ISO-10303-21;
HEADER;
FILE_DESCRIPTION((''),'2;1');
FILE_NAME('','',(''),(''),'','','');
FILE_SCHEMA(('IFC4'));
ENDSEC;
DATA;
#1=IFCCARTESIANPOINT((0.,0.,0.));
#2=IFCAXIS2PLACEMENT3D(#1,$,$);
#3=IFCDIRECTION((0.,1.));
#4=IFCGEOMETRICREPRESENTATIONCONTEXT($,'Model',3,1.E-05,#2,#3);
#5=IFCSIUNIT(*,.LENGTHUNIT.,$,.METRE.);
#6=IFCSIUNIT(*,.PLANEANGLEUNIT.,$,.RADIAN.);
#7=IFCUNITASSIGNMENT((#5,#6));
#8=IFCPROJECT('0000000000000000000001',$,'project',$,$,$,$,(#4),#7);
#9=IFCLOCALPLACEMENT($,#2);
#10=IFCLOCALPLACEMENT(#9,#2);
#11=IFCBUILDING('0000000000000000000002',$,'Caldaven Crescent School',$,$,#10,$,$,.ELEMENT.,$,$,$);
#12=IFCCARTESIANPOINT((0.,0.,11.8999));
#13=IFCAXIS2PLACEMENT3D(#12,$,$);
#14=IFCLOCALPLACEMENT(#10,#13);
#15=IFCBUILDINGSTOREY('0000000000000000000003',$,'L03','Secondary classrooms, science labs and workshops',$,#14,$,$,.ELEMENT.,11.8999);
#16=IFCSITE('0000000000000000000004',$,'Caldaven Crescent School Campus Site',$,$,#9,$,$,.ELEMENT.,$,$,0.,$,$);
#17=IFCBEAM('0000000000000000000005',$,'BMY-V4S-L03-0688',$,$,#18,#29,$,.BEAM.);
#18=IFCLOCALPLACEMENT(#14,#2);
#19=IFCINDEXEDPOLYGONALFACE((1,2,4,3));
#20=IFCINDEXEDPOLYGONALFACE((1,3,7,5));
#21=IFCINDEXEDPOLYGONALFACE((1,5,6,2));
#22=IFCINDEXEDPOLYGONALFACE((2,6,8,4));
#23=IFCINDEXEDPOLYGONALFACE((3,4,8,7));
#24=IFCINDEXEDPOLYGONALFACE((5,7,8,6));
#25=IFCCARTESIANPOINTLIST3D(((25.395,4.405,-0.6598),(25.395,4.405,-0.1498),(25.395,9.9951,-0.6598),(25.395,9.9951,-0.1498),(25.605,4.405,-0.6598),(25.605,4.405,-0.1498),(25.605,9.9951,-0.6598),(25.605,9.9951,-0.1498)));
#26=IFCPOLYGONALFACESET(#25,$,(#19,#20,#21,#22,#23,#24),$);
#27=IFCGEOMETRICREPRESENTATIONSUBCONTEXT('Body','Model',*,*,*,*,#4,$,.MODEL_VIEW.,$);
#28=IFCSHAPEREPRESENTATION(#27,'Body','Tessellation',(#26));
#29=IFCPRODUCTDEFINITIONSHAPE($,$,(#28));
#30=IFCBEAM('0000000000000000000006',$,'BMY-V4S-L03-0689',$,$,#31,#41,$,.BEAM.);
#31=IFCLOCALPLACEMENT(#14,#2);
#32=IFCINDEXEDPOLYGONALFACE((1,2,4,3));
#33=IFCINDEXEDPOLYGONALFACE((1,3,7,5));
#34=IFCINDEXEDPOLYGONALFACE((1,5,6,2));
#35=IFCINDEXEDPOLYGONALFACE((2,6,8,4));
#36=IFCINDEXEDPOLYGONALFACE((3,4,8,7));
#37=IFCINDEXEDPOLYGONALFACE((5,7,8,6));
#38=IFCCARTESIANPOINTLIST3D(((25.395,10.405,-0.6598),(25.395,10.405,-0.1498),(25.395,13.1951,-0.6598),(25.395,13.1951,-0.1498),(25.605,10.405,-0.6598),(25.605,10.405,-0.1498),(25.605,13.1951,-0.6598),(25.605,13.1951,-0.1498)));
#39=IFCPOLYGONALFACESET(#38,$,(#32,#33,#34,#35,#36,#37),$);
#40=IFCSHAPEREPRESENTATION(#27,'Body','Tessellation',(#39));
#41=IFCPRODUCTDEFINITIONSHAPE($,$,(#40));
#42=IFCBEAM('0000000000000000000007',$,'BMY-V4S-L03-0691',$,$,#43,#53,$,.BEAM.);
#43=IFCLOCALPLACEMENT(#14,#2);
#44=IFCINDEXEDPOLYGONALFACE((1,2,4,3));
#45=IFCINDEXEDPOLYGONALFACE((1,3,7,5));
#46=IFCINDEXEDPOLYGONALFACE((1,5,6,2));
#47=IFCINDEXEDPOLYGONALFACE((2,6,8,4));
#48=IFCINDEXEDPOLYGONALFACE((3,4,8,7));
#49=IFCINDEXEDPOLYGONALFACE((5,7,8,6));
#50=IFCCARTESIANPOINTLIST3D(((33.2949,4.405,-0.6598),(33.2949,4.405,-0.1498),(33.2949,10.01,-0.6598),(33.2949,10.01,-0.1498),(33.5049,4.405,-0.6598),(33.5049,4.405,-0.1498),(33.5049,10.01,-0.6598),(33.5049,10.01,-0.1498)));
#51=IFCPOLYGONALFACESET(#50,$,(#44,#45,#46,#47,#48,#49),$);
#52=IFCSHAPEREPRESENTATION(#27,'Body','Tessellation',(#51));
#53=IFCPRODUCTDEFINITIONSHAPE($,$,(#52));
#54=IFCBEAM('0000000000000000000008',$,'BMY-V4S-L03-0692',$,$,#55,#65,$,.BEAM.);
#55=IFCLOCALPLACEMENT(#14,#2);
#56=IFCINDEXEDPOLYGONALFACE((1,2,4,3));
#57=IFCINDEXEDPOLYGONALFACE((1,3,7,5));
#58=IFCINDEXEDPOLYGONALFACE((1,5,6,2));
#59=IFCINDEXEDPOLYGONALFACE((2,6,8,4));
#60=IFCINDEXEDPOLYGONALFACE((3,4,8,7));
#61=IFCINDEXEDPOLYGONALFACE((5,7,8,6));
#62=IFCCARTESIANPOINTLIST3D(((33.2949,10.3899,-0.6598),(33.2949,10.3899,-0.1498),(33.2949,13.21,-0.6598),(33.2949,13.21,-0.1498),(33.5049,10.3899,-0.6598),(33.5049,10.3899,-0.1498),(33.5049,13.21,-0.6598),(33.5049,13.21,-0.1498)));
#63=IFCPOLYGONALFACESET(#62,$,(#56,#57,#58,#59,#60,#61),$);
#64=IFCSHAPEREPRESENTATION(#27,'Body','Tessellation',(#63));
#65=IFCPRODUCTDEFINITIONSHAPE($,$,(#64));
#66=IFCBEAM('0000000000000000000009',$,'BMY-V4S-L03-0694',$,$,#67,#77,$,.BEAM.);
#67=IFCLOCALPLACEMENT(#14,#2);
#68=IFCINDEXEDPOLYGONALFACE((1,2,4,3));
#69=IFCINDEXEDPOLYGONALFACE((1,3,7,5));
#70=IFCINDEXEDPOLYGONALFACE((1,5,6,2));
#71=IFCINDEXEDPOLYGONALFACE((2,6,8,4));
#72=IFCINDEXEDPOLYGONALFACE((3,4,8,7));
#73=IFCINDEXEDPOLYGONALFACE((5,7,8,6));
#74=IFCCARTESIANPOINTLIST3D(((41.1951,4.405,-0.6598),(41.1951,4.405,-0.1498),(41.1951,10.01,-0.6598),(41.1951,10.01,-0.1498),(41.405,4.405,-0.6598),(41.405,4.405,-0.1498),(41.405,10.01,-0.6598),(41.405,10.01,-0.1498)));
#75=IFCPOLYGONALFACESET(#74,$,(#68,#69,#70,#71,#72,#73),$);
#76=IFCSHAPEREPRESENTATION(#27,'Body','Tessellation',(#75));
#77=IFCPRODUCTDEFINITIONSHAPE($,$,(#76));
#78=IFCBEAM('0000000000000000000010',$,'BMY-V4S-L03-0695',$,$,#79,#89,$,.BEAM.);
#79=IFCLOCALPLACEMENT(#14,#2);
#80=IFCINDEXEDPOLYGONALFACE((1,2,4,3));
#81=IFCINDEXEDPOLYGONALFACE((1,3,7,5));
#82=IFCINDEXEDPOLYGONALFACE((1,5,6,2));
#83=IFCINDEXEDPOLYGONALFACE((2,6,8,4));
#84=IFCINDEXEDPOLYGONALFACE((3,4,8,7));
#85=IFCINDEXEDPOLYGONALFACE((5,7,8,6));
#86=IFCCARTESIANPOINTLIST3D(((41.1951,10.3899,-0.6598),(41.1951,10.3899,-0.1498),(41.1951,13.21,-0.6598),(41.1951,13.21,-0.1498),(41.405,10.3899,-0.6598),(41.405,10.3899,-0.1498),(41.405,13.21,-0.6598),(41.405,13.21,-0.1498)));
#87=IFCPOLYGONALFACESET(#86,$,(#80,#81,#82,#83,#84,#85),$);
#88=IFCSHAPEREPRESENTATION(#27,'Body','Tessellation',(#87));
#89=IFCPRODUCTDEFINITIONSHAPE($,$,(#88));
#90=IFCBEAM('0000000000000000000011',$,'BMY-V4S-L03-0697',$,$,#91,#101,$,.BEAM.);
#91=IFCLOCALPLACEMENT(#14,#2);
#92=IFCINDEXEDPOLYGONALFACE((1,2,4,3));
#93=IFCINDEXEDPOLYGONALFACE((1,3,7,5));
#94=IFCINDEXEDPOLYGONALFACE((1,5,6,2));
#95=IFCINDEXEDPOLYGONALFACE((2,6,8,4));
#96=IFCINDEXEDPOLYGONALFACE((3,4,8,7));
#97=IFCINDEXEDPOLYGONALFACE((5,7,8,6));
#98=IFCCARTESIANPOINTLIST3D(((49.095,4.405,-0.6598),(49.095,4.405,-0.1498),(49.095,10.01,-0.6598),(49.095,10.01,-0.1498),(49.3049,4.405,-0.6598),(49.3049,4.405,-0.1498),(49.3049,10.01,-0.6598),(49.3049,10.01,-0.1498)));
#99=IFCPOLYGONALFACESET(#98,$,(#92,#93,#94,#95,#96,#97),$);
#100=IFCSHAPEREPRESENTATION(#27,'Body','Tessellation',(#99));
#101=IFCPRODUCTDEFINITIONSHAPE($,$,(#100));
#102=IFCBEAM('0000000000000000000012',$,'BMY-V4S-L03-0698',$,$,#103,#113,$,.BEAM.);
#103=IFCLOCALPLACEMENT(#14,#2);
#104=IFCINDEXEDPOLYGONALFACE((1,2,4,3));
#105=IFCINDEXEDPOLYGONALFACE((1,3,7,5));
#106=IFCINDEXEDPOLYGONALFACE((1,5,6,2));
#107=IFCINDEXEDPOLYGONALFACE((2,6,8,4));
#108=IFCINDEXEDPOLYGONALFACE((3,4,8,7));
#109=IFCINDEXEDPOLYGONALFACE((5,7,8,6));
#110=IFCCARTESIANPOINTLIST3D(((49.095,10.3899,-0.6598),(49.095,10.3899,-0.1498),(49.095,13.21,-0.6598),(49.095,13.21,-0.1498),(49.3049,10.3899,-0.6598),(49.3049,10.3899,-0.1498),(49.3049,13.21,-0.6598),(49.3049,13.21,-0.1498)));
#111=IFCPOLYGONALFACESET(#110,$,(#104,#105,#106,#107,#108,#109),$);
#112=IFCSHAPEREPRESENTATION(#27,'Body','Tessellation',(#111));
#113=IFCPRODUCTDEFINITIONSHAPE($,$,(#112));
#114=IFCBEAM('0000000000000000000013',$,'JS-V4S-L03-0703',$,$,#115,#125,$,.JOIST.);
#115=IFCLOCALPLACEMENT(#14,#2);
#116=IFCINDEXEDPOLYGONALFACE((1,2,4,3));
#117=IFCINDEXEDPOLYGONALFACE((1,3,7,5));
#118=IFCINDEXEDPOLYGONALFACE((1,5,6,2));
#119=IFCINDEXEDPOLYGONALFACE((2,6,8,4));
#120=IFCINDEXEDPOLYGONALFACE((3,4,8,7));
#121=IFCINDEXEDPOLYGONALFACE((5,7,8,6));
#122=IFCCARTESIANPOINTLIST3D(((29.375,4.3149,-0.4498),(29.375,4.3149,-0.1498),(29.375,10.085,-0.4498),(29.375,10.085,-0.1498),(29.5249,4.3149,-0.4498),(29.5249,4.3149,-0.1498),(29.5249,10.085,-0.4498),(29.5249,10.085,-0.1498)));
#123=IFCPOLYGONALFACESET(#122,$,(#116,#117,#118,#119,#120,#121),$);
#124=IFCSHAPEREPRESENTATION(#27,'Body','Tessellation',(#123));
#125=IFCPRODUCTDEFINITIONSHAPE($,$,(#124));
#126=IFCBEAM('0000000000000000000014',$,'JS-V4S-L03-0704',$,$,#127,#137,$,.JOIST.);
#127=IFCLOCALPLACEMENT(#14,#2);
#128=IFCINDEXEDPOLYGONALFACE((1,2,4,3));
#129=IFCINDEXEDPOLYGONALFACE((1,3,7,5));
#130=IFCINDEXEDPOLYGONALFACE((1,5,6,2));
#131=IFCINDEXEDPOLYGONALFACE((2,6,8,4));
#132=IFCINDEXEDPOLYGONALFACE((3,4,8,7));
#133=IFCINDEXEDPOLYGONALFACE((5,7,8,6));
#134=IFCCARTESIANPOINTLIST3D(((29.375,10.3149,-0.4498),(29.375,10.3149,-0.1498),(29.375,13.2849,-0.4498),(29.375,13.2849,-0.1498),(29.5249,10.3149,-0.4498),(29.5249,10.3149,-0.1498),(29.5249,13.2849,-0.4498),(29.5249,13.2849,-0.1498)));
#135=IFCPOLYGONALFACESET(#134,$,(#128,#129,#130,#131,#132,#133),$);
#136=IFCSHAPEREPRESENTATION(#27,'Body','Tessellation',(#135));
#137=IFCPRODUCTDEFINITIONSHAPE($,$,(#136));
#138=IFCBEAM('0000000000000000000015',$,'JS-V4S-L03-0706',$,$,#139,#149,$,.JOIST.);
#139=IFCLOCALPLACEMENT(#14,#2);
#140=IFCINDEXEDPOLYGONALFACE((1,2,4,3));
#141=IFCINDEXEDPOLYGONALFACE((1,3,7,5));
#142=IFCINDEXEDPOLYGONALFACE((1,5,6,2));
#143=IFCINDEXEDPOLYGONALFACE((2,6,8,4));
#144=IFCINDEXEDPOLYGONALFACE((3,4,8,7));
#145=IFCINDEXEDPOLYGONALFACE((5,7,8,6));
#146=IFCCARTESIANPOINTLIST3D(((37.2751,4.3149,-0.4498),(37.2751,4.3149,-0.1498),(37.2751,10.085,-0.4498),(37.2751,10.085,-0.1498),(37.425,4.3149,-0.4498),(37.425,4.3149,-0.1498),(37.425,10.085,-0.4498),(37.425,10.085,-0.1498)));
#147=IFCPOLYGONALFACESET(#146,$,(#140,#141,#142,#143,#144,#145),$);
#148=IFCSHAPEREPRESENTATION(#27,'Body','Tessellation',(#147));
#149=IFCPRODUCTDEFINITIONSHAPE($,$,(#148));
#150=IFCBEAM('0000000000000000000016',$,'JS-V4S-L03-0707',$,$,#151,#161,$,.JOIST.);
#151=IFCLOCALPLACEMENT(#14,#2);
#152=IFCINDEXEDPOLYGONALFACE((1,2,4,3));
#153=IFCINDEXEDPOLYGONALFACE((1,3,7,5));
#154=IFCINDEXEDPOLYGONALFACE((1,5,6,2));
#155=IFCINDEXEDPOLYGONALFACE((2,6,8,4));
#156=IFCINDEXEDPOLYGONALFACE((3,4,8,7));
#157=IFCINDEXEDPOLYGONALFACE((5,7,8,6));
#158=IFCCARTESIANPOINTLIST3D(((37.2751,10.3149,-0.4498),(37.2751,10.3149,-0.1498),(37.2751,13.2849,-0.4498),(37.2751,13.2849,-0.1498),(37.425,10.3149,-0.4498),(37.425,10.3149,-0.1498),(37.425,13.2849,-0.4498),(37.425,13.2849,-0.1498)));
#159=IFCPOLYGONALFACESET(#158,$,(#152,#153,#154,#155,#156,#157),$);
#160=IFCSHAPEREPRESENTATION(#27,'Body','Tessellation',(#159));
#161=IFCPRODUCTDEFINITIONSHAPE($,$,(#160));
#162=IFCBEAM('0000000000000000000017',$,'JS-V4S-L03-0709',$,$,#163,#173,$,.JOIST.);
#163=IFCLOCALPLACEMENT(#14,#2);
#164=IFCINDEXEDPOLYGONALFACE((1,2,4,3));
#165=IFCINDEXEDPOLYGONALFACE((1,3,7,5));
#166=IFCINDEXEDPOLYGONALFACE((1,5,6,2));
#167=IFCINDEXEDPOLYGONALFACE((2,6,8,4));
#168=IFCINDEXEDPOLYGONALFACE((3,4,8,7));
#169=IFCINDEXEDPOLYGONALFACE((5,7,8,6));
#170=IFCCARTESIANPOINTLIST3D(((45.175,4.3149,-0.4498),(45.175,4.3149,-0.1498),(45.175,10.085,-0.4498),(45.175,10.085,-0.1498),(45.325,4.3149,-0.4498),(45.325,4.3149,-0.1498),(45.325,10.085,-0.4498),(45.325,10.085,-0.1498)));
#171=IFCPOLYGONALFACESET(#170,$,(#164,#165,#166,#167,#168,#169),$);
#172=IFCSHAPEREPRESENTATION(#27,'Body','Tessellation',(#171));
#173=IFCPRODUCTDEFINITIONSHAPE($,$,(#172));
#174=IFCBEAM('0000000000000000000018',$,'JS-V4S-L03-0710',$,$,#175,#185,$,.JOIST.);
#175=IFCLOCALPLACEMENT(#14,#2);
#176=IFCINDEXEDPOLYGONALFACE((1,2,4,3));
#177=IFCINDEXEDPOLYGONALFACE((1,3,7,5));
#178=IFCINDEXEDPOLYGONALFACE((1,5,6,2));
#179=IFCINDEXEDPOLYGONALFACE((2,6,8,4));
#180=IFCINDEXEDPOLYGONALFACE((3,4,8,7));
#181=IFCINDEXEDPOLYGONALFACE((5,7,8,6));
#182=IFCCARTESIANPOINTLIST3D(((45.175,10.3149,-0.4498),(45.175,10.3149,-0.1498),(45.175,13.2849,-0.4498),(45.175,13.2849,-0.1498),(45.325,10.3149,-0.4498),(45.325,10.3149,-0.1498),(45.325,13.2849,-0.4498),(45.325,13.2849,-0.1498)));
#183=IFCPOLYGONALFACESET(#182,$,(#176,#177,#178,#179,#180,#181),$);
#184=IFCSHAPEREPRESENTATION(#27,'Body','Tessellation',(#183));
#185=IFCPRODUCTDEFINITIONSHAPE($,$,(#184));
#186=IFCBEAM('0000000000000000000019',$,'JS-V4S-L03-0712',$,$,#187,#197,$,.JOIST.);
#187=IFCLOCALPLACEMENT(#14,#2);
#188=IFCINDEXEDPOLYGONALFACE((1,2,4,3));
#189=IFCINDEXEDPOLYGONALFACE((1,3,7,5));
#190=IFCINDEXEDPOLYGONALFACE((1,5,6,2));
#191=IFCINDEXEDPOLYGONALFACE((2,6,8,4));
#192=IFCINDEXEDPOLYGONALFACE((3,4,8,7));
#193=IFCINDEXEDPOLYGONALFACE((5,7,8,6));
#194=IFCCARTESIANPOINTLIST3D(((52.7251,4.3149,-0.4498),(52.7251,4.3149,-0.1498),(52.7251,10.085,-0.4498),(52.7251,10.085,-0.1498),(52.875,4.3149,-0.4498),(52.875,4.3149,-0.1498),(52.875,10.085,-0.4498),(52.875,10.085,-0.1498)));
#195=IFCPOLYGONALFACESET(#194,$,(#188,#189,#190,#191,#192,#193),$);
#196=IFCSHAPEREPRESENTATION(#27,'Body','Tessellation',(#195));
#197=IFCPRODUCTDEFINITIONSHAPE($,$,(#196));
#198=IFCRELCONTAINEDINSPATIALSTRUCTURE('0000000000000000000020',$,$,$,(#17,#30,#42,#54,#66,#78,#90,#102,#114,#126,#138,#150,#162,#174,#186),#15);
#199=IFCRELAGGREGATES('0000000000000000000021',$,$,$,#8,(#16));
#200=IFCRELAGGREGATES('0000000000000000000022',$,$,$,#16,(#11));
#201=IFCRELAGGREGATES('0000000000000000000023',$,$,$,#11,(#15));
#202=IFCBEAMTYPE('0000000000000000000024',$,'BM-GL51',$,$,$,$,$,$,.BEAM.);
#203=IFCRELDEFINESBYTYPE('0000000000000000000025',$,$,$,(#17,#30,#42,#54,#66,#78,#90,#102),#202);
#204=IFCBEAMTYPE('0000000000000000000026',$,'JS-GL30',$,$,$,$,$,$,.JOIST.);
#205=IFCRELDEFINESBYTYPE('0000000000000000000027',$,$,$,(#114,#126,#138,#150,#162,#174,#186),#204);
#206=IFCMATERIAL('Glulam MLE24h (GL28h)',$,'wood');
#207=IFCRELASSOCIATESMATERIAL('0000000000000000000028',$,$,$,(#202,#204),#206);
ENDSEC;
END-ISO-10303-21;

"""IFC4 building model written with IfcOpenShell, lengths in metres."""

from ifc_helpers import new_model, si_unit, direction, frame, origin, origin_2d, place, context, subcontext, project, spatial, rectangle, extrude, material, material_profile, profile_set, type_object, element, save


model = new_model("IFC4")

# Units and contexts
model_context = context("Model", 3, precision=1e-05, world=origin(), true_north=direction((0.0, 1.0)))
body_context = subcontext(model_context, "Body", "Model", "MODEL_VIEW")
ifc_project = project(units=[si_unit("LENGTHUNIT", "METRE"), si_unit("PLANEANGLEUNIT", "RADIAN")], contexts=[model_context])

# Site, building, storey
site_placement = place(None, origin())
site = spatial("IfcSite", under=ifc_project, at=site_placement, Name="Caldaven Crescent School Campus Site", CompositionType="ELEMENT", RefElevation=0.0)
building_placement = place(site_placement, origin())
building = spatial("IfcBuilding", under=site, at=building_placement, Name="Caldaven Crescent School", CompositionType="ELEMENT")
storey_placement = place(building_placement, frame((0.0, 0.0, 11.8999)))
storey = spatial("IfcBuildingStorey", under=building, at=storey_placement, Name="L03", Description="Secondary classrooms, science labs and workshops", CompositionType="ELEMENT", Elevation=11.8999)

# Beams
ifc_material_1 = material(Name="Glulam MLE24h (GL28h)", Category="wood")
ifc_material_profile_1 = material_profile(ifc_material_1, rectangle(XDim=0.21, YDim=0.51, at=origin_2d()), Name="MLE 210x510")
ifc_profile_set_1 = profile_set([ifc_material_profile_1], Name="Glulam MLE24h (GL28h)")
beam_type_1 = type_object("IfcBeamType", Name="BM-GL51", PredefinedType="BEAM", material=ifc_profile_set_1)
beam_1_placement = place(storey_placement, frame((25.5, 4.405, -0.4048), z_axis=(0.0, 1.0, 0.0), x_axis=(-1.0, 0.0, 0.0)))
element("IfcBeam", 1, at=beam_1_placement, inside=storey, type_object=beam_type_1, Name="BMY-V4S-L03-0688", PredefinedType="BEAM", context=body_context, shape_type="SweptSolid", body=[
    extrude(rectangle(XDim=0.21, YDim=0.51, at=origin_2d()), origin(), (0.0, 0.0, 1.0), 5.5901),
])
beam_2_placement = place(storey_placement, frame((25.5, 10.405, -0.4048), z_axis=(0.0, 1.0, 0.0), x_axis=(-1.0, 0.0, 0.0)))
element("IfcBeam", 2, at=beam_2_placement, inside=storey, type_object=beam_type_1, Name="BMY-V4S-L03-0689", PredefinedType="BEAM", context=body_context, shape_type="SweptSolid", body=[
    extrude(rectangle(XDim=0.21, YDim=0.51, at=origin_2d()), origin(), (0.0, 0.0, 1.0), 2.79),
])
beam_3_placement = place(storey_placement, frame((33.3999, 4.405, -0.4048), z_axis=(0.0, 1.0, 0.0), x_axis=(-1.0, 0.0, 0.0)))
element("IfcBeam", 3, at=beam_3_placement, inside=storey, type_object=beam_type_1, Name="BMY-V4S-L03-0691", PredefinedType="BEAM", context=body_context, shape_type="SweptSolid", body=[
    extrude(rectangle(XDim=0.21, YDim=0.51, at=origin_2d()), origin(), (0.0, 0.0, 1.0), 5.605),
])
beam_4_placement = place(storey_placement, frame((33.3999, 10.3899, -0.4048), z_axis=(0.0, 1.0, 0.0), x_axis=(-1.0, 0.0, 0.0)))
element("IfcBeam", 4, at=beam_4_placement, inside=storey, type_object=beam_type_1, Name="BMY-V4S-L03-0692", PredefinedType="BEAM", context=body_context, shape_type="SweptSolid", body=[
    extrude(rectangle(XDim=0.21, YDim=0.51, at=origin_2d()), origin(), (0.0, 0.0, 1.0), 2.8201),
])
beam_5_placement = place(storey_placement, frame((41.3, 4.405, -0.4048), z_axis=(0.0, 1.0, 0.0), x_axis=(-1.0, 0.0, 0.0)))
element("IfcBeam", 5, at=beam_5_placement, inside=storey, type_object=beam_type_1, Name="BMY-V4S-L03-0694", PredefinedType="BEAM", context=body_context, shape_type="SweptSolid", body=[
    extrude(rectangle(XDim=0.21, YDim=0.51, at=origin_2d()), origin(), (0.0, 0.0, 1.0), 5.605),
])
beam_6_placement = place(storey_placement, frame((41.3, 10.3899, -0.4048), z_axis=(0.0, 1.0, 0.0), x_axis=(-1.0, 0.0, 0.0)))
element("IfcBeam", 6, at=beam_6_placement, inside=storey, type_object=beam_type_1, Name="BMY-V4S-L03-0695", PredefinedType="BEAM", context=body_context, shape_type="SweptSolid", body=[
    extrude(rectangle(XDim=0.21, YDim=0.51, at=origin_2d()), origin(), (0.0, 0.0, 1.0), 2.8201),
])
beam_7_placement = place(storey_placement, frame((49.2, 4.405, -0.4048), z_axis=(0.0, 1.0, 0.0), x_axis=(-1.0, 0.0, 0.0)))
element("IfcBeam", 7, at=beam_7_placement, inside=storey, type_object=beam_type_1, Name="BMY-V4S-L03-0697", PredefinedType="BEAM", context=body_context, shape_type="SweptSolid", body=[
    extrude(rectangle(XDim=0.21, YDim=0.51, at=origin_2d()), origin(), (0.0, 0.0, 1.0), 5.605),
])
beam_8_placement = place(storey_placement, frame((49.2, 10.3899, -0.4048), z_axis=(0.0, 1.0, 0.0), x_axis=(-1.0, 0.0, 0.0)))
element("IfcBeam", 8, at=beam_8_placement, inside=storey, type_object=beam_type_1, Name="BMY-V4S-L03-0698", PredefinedType="BEAM", context=body_context, shape_type="SweptSolid", body=[
    extrude(rectangle(XDim=0.21, YDim=0.51, at=origin_2d()), origin(), (0.0, 0.0, 1.0), 2.8201),
])
ifc_material_profile_2 = material_profile(ifc_material_1, rectangle(XDim=0.1499, YDim=0.3, at=origin_2d()), Name="MLE 150x300")
ifc_profile_set_2 = profile_set([ifc_material_profile_2], Name="Glulam MLE24h (GL28h)")
beam_type_2 = type_object("IfcBeamType", Name="JS-GL30", PredefinedType="JOIST", material=ifc_profile_set_2)
beam_9_placement = place(storey_placement, frame((29.45, 4.3149, -0.2998), z_axis=(0.0, 1.0, 0.0), x_axis=(-1.0, 0.0, 0.0)))
element("IfcBeam", 9, at=beam_9_placement, inside=storey, type_object=beam_type_2, Name="JS-V4S-L03-0703", PredefinedType="JOIST", context=body_context, shape_type="SweptSolid", body=[
    extrude(rectangle(XDim=0.1499, YDim=0.3, at=origin_2d()), origin(), (0.0, 0.0, 1.0), 5.77),
])
beam_10_placement = place(storey_placement, frame((29.45, 10.3149, -0.2998), z_axis=(0.0, 1.0, 0.0), x_axis=(-1.0, 0.0, 0.0)))
element("IfcBeam", 10, at=beam_10_placement, inside=storey, type_object=beam_type_2, Name="JS-V4S-L03-0704", PredefinedType="JOIST", context=body_context, shape_type="SweptSolid", body=[
    extrude(rectangle(XDim=0.1499, YDim=0.3, at=origin_2d()), origin(), (0.0, 0.0, 1.0), 2.97),
])
beam_11_placement = place(storey_placement, frame((37.3501, 4.3149, -0.2998), z_axis=(0.0, 1.0, 0.0), x_axis=(-1.0, 0.0, 0.0)))
element("IfcBeam", 11, at=beam_11_placement, inside=storey, type_object=beam_type_2, Name="JS-V4S-L03-0706", PredefinedType="JOIST", context=body_context, shape_type="SweptSolid", body=[
    extrude(rectangle(XDim=0.1499, YDim=0.3, at=origin_2d()), origin(), (0.0, 0.0, 1.0), 5.77),
])
beam_12_placement = place(storey_placement, frame((37.3501, 10.3149, -0.2998), z_axis=(0.0, 1.0, 0.0), x_axis=(-1.0, 0.0, 0.0)))
element("IfcBeam", 12, at=beam_12_placement, inside=storey, type_object=beam_type_2, Name="JS-V4S-L03-0707", PredefinedType="JOIST", context=body_context, shape_type="SweptSolid", body=[
    extrude(rectangle(XDim=0.1499, YDim=0.3, at=origin_2d()), origin(), (0.0, 0.0, 1.0), 2.97),
])
beam_13_placement = place(storey_placement, frame((45.25, 4.3149, -0.2998), z_axis=(0.0, 1.0, 0.0), x_axis=(-1.0, 0.0, 0.0)))
element("IfcBeam", 13, at=beam_13_placement, inside=storey, type_object=beam_type_2, Name="JS-V4S-L03-0709", PredefinedType="JOIST", context=body_context, shape_type="SweptSolid", body=[
    extrude(rectangle(XDim=0.1499, YDim=0.3, at=origin_2d()), origin(), (0.0, 0.0, 1.0), 5.77),
])
beam_14_placement = place(storey_placement, frame((45.25, 10.3149, -0.2998), z_axis=(0.0, 1.0, 0.0), x_axis=(-1.0, 0.0, 0.0)))
element("IfcBeam", 14, at=beam_14_placement, inside=storey, type_object=beam_type_2, Name="JS-V4S-L03-0710", PredefinedType="JOIST", context=body_context, shape_type="SweptSolid", body=[
    extrude(rectangle(XDim=0.1499, YDim=0.3, at=origin_2d()), origin(), (0.0, 0.0, 1.0), 2.97),
])
beam_15_placement = place(storey_placement, frame((52.8, 4.3149, -0.2998), z_axis=(0.0, 1.0, 0.0), x_axis=(-1.0, 0.0, 0.0)))
element("IfcBeam", 15, at=beam_15_placement, inside=storey, type_object=beam_type_2, Name="JS-V4S-L03-0712", PredefinedType="JOIST", context=body_context, shape_type="SweptSolid", body=[
    extrude(rectangle(XDim=0.1499, YDim=0.3, at=origin_2d()), origin(), (0.0, 0.0, 1.0), 5.77),
])

save(model, "model.ifc")
